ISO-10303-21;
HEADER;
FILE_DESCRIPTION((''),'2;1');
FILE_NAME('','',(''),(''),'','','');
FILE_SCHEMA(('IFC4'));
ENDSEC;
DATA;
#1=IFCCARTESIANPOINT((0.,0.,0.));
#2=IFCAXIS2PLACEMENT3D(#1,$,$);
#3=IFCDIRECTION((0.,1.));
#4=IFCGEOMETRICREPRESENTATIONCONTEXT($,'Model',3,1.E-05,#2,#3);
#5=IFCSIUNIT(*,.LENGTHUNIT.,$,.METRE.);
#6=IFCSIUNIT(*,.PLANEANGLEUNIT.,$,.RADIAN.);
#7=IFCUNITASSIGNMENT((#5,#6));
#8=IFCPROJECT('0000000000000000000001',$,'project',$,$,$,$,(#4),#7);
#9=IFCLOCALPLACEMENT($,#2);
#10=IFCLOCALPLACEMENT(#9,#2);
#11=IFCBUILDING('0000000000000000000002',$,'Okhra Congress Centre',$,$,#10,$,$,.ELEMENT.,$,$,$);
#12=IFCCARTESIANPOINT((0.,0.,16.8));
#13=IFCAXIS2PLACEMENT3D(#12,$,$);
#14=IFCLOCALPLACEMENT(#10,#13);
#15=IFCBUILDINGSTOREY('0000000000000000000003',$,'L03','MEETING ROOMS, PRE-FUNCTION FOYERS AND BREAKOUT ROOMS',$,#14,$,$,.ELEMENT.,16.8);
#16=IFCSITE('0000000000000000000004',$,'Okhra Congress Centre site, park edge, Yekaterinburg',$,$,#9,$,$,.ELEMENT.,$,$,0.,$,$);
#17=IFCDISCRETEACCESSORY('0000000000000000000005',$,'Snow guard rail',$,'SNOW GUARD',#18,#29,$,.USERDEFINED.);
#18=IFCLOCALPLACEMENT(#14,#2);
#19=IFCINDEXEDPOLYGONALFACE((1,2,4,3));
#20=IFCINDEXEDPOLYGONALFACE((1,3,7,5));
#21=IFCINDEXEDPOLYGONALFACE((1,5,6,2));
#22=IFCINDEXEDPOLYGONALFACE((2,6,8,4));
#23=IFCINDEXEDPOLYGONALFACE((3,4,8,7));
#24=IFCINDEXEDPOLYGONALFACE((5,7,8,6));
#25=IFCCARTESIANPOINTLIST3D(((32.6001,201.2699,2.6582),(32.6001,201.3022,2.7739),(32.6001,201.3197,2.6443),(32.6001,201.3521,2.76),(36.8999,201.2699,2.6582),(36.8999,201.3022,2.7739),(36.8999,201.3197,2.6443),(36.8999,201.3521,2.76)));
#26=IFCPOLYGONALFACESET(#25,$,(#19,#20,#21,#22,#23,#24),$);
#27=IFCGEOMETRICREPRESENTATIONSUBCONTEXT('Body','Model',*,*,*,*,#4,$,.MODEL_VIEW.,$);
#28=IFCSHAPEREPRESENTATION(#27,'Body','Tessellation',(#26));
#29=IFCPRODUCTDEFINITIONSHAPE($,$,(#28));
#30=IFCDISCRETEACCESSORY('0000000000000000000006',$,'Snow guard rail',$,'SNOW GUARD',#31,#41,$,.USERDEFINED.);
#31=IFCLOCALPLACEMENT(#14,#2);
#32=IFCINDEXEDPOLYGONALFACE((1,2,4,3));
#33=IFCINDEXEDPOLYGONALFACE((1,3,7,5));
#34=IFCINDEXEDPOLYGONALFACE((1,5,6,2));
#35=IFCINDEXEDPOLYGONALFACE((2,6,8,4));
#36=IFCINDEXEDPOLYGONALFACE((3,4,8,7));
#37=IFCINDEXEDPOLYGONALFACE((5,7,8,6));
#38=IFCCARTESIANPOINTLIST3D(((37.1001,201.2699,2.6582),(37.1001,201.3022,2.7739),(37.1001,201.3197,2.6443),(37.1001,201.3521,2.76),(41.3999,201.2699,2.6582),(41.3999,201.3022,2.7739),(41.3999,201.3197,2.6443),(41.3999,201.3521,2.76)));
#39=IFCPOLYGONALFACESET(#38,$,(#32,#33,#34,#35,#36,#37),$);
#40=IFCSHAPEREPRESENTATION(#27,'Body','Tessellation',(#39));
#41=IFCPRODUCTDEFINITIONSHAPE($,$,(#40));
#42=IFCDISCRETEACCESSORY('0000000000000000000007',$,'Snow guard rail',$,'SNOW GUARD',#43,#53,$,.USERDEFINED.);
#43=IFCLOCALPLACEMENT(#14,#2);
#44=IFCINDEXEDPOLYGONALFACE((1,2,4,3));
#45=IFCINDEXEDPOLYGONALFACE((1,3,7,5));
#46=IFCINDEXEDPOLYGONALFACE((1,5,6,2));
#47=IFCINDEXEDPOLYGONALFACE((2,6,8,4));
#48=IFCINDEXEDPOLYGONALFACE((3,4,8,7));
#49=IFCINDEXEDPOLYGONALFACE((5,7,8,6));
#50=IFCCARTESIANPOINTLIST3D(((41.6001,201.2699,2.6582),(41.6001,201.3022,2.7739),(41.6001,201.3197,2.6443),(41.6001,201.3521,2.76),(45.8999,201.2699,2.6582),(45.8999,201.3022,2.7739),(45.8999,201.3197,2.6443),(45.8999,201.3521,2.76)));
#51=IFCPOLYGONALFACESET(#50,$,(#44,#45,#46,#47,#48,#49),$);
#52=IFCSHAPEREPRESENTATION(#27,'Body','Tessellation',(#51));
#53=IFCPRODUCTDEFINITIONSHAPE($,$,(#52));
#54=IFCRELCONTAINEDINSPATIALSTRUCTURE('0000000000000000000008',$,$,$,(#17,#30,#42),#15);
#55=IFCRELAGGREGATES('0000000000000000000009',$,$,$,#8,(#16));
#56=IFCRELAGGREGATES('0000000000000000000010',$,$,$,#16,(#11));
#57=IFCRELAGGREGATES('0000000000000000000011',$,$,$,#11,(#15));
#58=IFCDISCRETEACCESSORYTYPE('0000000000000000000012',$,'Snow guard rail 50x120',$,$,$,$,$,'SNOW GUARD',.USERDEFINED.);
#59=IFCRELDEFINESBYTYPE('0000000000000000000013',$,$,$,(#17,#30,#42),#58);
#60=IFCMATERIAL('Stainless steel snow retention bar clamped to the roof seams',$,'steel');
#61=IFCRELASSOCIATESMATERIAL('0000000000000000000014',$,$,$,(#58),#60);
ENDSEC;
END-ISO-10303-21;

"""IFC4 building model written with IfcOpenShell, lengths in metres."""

from ifc_helpers import new_model, si_unit, direction, frame, origin, place, context, subcontext, project, spatial, polyline, outline, extrude, material, type_object, element, save


model = new_model("IFC4")

# Units and contexts
model_context = context("Model", 3, precision=1e-05, world=origin(), true_north=direction((0.0, 1.0)))
body_context = subcontext(model_context, "Body", "Model", "MODEL_VIEW")
ifc_project = project(units=[si_unit("LENGTHUNIT", "METRE"), si_unit("PLANEANGLEUNIT", "RADIAN")], contexts=[model_context])

# Site, building, storey
site_placement = place(None, origin())
site = spatial("IfcSite", under=ifc_project, at=site_placement, Name="Okhra Congress Centre site, park edge, Yekaterinburg", CompositionType="ELEMENT", RefElevation=0.0)
building_placement = place(site_placement, origin())
building = spatial("IfcBuilding", under=site, at=building_placement, Name="Okhra Congress Centre", CompositionType="ELEMENT")
storey_placement = place(building_placement, frame((0.0, 0.0, 16.8)))
storey = spatial("IfcBuildingStorey", under=building, at=storey_placement, Name="L03", Description="MEETING ROOMS, PRE-FUNCTION FOYERS AND BREAKOUT ROOMS", CompositionType="ELEMENT", Elevation=16.8)

# Discrete accessories
ifc_material_1 = material(Name="Stainless steel snow retention bar clamped to the roof seams", Category="steel")
discrete_accessory_type_1 = type_object("IfcDiscreteAccessoryType", Name="Snow guard rail 50x120", ElementType="SNOW GUARD", PredefinedType="USERDEFINED", material=ifc_material_1)
for number, where, z_axis, x_axis, name in (
    (1, (32.6001, 201.3022, 2.7739), (0.0, 0.269105, 0.963111), (1.0, 0.0, 0.0), "Snow guard rail"),
    (2, (37.1001, 201.3022, 2.7739), (0.0, 0.269105, 0.963111), (1.0, 0.0, 0.0), "Snow guard rail"),
    (3, (41.6001, 201.3022, 2.7739), (0.0, 0.269105, 0.963111), (1.0, 0.0, 0.0), "Snow guard rail"),
):
    element("IfcDiscreteAccessory", number, at=place(storey_placement, frame(where, z_axis=z_axis, x_axis=x_axis)), inside=storey, type_object=discrete_accessory_type_1, Name=name, ObjectType="SNOW GUARD", PredefinedType="USERDEFINED", context=body_context, shape_type="SweptSolid", body=[
        extrude(outline(polyline([(0.0, 0.0), (4.2998, 0.0), (4.2998, 0.0517), (0.0, 0.0517), (0.0, 0.0)])), origin(), (0.0, 0.0, -1.0), 0.1201),
    ])

save(model, "model.ifc")
